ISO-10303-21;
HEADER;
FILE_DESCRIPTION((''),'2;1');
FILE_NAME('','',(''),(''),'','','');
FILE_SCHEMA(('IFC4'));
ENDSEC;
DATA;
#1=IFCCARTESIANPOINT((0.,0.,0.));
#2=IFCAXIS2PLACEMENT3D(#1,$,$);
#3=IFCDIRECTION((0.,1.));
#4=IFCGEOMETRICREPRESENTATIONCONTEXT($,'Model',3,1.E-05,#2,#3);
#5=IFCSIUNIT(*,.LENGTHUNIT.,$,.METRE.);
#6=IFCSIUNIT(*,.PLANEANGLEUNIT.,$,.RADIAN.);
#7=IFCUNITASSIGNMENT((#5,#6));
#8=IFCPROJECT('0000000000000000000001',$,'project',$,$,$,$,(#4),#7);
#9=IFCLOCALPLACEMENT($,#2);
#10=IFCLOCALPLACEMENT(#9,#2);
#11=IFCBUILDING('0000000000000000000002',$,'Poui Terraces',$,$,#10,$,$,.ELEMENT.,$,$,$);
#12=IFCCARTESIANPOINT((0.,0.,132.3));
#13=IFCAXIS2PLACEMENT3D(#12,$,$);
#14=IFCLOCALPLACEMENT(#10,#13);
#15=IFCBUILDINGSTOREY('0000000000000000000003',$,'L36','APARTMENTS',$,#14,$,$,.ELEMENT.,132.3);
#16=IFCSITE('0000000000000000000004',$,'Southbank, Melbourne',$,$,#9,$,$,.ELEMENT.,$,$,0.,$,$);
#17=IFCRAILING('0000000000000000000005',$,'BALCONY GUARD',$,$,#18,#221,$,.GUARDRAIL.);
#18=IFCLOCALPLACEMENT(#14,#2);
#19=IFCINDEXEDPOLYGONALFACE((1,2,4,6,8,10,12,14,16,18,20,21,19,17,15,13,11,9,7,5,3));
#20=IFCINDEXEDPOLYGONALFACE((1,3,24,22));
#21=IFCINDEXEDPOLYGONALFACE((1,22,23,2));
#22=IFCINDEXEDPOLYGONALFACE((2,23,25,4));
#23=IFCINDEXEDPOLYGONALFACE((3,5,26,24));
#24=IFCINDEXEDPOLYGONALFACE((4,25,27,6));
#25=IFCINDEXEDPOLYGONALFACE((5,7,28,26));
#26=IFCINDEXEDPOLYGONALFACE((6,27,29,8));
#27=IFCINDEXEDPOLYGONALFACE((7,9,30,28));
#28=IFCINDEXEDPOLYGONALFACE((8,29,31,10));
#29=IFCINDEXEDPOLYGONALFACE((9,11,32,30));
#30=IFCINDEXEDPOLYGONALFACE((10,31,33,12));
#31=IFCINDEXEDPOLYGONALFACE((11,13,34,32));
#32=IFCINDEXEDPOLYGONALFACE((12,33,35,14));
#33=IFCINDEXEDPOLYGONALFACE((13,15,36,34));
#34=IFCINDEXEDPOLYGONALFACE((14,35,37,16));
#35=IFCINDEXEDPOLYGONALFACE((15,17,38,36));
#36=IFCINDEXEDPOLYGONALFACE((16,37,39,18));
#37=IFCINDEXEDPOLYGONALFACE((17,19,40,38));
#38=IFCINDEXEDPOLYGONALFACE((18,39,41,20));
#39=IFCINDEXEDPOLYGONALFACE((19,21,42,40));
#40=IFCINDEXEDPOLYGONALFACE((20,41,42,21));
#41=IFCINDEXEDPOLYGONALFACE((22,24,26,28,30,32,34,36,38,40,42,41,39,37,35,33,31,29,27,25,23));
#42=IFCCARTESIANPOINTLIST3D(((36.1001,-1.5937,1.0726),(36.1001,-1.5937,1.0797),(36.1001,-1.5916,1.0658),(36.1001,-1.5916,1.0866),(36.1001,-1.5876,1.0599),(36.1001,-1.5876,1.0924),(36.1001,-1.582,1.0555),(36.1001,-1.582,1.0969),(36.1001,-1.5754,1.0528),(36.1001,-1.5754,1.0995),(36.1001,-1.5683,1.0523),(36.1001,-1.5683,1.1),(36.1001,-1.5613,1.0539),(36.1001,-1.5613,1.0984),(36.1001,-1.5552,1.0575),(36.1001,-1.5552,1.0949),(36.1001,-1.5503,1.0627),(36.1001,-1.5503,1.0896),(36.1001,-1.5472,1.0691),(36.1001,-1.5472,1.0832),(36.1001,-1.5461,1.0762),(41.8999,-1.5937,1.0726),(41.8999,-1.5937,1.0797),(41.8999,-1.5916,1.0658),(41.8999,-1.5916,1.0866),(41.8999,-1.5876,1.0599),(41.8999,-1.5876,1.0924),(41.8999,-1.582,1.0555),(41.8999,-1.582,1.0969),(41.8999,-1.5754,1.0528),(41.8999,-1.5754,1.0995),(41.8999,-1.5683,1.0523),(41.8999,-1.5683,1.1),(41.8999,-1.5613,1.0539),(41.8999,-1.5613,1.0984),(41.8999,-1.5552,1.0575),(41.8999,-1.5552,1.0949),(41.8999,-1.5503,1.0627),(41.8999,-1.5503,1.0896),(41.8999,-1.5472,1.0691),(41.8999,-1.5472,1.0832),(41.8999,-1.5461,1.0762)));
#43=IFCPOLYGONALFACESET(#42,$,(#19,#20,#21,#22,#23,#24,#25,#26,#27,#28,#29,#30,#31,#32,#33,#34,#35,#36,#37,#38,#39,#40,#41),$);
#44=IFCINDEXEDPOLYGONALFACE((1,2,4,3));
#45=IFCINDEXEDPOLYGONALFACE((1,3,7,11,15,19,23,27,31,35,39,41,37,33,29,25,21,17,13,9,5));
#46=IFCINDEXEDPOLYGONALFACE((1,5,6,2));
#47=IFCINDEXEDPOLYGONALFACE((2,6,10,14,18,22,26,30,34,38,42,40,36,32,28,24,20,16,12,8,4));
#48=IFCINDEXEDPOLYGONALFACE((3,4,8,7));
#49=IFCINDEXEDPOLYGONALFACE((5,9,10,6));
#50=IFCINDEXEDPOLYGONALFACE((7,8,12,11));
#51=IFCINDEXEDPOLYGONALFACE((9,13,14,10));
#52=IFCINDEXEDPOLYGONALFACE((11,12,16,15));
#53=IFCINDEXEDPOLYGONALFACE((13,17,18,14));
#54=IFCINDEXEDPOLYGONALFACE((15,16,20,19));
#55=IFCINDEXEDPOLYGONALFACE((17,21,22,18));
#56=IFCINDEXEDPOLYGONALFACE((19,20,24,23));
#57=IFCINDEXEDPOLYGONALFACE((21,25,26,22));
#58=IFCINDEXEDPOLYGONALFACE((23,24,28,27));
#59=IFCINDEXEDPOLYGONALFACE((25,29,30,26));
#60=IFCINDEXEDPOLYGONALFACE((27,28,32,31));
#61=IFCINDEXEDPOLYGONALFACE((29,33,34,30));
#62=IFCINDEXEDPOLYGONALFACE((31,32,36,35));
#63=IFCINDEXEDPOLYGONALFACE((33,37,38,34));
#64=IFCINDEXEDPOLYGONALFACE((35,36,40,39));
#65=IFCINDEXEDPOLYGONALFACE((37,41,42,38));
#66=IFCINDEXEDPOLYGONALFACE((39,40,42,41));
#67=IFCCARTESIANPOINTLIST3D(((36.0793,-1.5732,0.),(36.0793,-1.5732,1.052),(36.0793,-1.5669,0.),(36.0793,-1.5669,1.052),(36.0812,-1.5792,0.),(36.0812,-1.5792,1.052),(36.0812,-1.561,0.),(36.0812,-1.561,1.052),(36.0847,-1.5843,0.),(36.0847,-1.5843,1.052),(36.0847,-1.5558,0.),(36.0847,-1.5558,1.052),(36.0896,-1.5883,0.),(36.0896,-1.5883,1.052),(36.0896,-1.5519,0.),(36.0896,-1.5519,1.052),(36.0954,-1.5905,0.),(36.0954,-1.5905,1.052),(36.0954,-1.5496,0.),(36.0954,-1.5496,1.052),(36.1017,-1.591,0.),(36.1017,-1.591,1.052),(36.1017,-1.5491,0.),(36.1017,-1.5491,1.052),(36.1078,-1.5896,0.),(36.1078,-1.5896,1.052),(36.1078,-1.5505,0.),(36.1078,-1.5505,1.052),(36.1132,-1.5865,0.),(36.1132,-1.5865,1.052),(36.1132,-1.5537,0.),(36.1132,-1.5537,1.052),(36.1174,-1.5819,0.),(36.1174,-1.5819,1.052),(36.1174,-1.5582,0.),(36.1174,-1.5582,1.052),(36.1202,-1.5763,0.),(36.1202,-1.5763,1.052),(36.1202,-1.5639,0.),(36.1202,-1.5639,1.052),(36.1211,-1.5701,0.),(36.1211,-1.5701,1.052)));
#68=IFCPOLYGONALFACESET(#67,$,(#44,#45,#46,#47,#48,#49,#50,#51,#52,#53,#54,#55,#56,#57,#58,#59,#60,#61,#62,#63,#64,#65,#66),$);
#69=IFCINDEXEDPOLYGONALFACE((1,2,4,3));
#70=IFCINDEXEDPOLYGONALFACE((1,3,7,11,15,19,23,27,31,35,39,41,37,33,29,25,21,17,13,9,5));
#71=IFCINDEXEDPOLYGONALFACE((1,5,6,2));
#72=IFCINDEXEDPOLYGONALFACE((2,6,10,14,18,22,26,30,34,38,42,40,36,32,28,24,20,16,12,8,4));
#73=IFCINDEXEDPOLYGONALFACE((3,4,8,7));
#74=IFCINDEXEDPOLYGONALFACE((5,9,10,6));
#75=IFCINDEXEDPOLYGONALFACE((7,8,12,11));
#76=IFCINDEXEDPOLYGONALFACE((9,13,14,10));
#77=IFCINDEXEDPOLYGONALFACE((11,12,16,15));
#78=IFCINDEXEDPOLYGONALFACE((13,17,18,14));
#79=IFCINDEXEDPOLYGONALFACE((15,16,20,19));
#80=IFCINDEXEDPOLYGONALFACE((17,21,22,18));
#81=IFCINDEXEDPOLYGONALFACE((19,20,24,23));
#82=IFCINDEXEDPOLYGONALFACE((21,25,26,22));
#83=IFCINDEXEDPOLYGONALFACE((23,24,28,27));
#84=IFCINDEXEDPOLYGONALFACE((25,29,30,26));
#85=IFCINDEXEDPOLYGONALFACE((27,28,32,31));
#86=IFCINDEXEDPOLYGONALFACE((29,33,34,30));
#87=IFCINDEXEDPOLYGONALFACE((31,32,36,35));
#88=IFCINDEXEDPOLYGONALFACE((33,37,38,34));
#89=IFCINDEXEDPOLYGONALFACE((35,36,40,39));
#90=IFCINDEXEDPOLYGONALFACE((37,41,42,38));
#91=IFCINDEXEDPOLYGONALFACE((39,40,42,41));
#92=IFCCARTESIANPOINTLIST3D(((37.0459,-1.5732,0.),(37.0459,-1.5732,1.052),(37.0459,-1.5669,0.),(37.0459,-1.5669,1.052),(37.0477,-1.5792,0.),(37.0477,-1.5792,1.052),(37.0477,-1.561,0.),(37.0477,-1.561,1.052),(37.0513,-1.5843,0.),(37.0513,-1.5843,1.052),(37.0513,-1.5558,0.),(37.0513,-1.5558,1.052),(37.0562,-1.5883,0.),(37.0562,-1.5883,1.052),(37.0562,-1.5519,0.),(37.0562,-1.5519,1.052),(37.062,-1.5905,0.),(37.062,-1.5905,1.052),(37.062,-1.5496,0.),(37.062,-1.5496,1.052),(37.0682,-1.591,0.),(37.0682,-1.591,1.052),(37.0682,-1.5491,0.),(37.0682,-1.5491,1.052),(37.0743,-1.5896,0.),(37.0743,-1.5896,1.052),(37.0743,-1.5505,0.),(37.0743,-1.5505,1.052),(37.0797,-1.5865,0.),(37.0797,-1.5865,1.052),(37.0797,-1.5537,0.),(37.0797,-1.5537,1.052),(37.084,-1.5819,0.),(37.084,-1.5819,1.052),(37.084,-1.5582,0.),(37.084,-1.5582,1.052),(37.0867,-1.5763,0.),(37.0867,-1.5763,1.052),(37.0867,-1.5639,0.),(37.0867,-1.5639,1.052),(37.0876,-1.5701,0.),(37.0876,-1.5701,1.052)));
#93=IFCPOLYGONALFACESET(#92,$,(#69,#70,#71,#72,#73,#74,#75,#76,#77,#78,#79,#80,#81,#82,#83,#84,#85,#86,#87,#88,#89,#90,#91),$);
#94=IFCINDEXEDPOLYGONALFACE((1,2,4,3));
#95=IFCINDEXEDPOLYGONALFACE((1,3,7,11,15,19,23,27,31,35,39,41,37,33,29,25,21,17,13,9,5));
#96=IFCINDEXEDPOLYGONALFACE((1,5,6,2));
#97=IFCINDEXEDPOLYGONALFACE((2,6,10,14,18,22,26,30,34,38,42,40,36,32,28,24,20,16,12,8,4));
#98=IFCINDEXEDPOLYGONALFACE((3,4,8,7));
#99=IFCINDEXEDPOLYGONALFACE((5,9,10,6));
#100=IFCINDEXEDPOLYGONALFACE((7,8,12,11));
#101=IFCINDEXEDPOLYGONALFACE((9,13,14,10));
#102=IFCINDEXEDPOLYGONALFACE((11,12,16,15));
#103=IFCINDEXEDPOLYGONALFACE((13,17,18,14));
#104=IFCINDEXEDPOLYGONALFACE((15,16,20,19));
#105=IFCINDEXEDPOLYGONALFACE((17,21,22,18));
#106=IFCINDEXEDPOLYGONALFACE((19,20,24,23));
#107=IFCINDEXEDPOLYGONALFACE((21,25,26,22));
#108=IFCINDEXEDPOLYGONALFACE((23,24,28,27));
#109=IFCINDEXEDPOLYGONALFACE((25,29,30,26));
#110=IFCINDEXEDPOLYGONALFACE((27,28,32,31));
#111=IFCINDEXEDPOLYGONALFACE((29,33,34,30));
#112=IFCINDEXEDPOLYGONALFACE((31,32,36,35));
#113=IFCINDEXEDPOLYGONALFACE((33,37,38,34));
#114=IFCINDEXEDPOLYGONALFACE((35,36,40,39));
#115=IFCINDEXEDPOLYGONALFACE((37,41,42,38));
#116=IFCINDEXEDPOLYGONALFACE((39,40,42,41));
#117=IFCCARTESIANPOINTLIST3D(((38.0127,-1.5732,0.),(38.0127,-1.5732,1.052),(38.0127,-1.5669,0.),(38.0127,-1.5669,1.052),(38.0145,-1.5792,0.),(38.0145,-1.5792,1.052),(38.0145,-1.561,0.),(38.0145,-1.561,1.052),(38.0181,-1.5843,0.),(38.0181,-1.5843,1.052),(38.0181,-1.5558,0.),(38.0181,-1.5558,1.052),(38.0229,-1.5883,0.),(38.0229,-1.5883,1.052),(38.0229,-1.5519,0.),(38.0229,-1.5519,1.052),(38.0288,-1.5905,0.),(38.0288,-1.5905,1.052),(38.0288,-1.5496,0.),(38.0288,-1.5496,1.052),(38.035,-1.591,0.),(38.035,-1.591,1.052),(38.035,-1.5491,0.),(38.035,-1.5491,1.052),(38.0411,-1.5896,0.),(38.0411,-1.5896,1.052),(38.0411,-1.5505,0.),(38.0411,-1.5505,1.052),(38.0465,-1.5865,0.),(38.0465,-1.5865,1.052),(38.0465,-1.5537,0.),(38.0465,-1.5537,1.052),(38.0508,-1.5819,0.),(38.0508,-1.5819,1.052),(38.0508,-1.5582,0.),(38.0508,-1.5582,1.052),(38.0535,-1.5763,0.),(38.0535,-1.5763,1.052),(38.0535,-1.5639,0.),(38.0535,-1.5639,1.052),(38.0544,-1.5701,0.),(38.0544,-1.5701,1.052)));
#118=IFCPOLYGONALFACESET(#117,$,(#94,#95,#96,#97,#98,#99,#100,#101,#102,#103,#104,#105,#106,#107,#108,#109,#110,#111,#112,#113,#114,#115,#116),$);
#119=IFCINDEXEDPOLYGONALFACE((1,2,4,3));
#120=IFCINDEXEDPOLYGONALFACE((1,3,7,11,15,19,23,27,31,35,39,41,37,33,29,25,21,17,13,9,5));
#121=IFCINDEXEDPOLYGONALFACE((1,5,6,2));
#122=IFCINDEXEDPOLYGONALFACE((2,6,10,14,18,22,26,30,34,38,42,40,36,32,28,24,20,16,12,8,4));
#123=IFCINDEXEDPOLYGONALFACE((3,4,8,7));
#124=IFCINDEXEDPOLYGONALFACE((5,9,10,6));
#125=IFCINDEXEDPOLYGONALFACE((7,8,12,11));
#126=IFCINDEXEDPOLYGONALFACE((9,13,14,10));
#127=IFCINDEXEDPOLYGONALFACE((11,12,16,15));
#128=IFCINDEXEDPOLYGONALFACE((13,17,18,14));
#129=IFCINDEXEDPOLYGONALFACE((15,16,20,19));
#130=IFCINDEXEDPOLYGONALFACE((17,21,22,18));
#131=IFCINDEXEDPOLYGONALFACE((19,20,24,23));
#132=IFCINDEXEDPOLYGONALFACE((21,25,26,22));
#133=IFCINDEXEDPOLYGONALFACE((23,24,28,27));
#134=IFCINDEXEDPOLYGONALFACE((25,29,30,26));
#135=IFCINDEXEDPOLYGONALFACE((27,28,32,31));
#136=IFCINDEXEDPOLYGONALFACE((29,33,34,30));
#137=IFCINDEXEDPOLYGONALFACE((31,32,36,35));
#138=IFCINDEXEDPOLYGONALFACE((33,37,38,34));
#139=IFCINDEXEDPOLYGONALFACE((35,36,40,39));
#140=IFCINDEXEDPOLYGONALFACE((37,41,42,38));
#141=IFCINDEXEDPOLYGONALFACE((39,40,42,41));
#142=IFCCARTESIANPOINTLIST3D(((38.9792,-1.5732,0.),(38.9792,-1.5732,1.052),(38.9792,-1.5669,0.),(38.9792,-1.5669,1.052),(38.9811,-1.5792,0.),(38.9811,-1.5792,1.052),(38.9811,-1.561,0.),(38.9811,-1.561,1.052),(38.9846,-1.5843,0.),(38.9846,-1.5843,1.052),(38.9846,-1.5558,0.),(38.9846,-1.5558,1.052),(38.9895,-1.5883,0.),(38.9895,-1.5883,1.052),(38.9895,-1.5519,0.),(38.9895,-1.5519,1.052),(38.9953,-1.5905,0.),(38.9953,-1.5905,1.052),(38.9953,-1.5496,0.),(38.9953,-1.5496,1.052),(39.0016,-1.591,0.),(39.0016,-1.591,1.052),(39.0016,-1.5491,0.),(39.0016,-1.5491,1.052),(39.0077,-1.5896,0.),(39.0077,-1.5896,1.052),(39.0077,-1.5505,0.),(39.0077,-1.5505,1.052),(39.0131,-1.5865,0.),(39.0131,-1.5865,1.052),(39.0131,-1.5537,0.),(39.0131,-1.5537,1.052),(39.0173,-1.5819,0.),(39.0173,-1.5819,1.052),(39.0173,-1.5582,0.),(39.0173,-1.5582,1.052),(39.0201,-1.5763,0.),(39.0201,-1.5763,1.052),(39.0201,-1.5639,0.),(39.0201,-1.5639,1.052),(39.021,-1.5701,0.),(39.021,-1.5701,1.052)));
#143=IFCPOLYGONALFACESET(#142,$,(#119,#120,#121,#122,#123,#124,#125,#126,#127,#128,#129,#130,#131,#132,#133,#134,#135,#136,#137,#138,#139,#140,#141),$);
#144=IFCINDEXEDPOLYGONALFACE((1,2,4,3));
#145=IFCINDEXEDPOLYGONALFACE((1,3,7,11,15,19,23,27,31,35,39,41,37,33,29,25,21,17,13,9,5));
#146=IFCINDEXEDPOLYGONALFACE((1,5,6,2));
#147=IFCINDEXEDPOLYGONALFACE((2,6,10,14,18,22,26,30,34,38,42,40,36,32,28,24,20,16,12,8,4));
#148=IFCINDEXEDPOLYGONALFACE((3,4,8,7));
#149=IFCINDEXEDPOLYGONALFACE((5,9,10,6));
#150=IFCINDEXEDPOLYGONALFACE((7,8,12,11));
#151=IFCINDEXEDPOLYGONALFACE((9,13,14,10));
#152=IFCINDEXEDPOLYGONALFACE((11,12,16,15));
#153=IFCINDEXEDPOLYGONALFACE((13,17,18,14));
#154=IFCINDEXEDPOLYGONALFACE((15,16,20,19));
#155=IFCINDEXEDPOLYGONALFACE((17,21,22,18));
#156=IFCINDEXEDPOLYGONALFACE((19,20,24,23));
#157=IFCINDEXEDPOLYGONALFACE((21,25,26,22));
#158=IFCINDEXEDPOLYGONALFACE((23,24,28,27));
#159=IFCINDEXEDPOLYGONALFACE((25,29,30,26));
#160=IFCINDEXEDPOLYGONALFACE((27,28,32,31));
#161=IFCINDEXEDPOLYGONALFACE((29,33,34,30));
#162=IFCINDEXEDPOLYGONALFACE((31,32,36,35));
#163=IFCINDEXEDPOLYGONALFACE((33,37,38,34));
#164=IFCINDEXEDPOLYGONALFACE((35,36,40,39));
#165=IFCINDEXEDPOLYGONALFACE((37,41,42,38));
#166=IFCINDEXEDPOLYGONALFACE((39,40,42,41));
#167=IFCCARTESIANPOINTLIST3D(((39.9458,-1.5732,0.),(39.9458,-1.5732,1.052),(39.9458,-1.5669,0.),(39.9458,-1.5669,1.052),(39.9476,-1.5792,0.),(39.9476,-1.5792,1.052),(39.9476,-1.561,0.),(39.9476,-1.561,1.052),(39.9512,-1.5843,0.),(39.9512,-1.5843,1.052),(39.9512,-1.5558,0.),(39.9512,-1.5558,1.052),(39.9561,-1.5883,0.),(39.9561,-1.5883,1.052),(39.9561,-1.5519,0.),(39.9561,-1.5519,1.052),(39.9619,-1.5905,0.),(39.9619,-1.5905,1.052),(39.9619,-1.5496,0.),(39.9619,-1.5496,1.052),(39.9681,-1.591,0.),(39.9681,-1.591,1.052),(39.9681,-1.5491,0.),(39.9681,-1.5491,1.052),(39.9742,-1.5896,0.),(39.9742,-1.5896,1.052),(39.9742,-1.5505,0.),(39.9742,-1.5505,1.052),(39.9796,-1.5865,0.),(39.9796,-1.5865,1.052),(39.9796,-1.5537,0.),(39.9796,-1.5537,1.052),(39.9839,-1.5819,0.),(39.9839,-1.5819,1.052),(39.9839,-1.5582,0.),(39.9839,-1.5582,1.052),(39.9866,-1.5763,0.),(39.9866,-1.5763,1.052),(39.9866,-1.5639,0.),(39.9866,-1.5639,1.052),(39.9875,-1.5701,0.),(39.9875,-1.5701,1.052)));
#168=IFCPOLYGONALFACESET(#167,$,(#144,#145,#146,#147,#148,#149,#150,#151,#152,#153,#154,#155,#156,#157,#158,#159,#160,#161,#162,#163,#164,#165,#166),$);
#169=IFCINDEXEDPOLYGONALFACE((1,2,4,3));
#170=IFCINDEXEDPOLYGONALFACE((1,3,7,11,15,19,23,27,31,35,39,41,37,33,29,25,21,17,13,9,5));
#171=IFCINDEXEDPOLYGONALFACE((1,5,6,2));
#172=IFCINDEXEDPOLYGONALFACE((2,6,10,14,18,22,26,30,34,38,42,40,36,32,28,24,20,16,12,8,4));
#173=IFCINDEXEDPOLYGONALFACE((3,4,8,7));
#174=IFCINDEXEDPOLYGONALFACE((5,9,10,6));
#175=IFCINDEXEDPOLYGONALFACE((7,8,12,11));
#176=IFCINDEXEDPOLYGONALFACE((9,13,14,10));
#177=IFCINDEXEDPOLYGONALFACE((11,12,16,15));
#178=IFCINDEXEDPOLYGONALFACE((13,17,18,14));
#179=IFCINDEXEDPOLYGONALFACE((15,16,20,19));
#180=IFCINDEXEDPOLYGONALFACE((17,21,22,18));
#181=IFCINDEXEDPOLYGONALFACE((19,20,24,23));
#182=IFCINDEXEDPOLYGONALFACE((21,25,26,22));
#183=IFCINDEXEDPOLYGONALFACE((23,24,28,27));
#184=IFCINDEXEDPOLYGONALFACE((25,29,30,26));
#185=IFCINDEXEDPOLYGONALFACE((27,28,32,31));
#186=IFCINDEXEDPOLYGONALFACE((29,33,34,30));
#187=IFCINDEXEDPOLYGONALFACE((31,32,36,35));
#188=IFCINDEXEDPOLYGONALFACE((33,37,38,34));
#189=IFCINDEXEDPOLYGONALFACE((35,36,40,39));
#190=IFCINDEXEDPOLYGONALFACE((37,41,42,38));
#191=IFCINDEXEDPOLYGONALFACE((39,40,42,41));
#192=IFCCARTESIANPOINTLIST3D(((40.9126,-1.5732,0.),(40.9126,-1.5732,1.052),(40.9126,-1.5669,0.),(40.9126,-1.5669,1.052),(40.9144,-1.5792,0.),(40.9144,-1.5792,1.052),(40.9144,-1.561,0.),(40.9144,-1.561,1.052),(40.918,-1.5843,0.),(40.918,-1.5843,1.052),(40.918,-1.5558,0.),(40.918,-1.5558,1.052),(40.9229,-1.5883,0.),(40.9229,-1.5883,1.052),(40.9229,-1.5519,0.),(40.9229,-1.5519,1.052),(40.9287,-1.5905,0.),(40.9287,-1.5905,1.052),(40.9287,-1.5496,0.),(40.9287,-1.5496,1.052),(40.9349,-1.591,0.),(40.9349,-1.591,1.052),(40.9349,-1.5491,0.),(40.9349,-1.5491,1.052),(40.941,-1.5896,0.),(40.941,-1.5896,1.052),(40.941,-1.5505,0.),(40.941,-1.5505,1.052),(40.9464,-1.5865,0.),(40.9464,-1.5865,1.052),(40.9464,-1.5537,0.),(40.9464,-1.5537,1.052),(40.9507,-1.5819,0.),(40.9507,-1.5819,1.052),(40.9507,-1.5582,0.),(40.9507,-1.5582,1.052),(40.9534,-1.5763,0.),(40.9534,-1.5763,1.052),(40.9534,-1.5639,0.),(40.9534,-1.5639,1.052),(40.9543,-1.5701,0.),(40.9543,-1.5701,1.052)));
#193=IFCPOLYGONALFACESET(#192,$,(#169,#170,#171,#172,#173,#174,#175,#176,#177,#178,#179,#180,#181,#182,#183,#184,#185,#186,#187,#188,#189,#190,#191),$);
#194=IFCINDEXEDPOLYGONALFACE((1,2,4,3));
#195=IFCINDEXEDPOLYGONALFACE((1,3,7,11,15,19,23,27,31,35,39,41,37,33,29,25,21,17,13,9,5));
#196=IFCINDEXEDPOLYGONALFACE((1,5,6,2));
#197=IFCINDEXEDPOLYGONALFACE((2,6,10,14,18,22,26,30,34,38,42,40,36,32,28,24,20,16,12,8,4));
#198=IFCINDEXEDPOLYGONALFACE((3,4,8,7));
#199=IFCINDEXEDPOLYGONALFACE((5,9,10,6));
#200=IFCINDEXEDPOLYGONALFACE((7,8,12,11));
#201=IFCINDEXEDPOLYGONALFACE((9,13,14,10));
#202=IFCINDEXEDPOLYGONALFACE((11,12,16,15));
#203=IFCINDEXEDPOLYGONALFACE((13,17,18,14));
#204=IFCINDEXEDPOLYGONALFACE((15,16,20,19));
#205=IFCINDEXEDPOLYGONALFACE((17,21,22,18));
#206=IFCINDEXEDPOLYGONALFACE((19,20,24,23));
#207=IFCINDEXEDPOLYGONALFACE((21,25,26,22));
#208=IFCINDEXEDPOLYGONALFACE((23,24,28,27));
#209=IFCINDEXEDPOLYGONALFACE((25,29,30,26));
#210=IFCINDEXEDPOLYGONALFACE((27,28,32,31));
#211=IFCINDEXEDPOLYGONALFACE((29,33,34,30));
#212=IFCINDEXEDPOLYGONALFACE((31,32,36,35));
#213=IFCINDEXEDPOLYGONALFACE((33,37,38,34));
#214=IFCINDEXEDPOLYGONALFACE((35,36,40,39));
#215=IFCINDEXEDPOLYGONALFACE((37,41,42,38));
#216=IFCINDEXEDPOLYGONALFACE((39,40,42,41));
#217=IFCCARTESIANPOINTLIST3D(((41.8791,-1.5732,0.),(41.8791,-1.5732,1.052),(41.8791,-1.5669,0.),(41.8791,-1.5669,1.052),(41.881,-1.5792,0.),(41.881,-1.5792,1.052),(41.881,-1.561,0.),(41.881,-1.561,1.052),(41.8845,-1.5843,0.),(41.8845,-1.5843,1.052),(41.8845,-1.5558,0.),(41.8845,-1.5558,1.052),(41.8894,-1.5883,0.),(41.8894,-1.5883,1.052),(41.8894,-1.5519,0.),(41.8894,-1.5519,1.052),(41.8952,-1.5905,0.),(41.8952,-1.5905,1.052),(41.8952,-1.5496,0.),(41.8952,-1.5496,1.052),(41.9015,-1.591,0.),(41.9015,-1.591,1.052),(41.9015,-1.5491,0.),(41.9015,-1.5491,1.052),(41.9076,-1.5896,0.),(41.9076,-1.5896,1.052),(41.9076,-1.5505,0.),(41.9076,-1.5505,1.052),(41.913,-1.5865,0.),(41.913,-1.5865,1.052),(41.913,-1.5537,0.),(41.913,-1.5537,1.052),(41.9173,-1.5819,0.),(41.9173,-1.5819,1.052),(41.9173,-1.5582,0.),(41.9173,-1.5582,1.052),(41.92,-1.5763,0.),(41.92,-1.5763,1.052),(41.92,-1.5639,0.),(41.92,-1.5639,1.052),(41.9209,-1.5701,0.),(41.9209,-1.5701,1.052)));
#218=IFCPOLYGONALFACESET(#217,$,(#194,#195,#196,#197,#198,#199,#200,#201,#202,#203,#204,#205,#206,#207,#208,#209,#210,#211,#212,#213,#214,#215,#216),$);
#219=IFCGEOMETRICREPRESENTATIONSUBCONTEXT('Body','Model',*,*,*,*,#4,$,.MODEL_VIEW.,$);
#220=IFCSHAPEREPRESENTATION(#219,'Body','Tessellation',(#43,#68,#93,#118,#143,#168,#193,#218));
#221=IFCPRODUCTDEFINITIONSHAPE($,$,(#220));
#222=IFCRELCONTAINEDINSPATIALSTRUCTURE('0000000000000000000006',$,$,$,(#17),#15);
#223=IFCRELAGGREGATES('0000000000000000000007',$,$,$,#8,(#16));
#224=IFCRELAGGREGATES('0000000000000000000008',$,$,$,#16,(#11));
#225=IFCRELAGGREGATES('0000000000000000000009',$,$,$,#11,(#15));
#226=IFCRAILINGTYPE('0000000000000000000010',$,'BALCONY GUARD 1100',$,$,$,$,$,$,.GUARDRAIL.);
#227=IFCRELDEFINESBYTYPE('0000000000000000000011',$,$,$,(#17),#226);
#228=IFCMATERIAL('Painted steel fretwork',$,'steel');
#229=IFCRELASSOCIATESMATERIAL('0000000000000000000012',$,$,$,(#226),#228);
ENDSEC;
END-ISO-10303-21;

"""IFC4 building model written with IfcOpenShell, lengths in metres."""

from ifc_helpers import new_model, si_unit, direction, frame, origin, origin_2d, place, context, subcontext, project, spatial, circle, extrude, material, type_object, element, save


model = new_model("IFC4")

# Units and contexts
model_context = context("Model", 3, precision=1e-05, world=origin(), true_north=direction((0.0, 1.0)))
body_context = subcontext(model_context, "Body", "Model", "MODEL_VIEW")
ifc_project = project(units=[si_unit("LENGTHUNIT", "METRE"), si_unit("PLANEANGLEUNIT", "RADIAN")], contexts=[model_context])

# Site, building, storey
site_placement = place(None, origin())
site = spatial("IfcSite", under=ifc_project, at=site_placement, Name="Southbank, Melbourne", CompositionType="ELEMENT", RefElevation=0.0)
building_placement = place(site_placement, origin())
building = spatial("IfcBuilding", under=site, at=building_placement, Name="Poui Terraces", CompositionType="ELEMENT")
storey_placement = place(building_placement, frame((0.0, 0.0, 132.3)))
storey = spatial("IfcBuildingStorey", under=building, at=storey_placement, Name="L36", Description="APARTMENTS", CompositionType="ELEMENT", Elevation=132.3)

# Railing
ifc_material_1 = material(Name="Painted steel fretwork", Category="steel")
railing_type = type_object("IfcRailingType", Name="BALCONY GUARD 1100", PredefinedType="GUARDRAIL", material=ifc_material_1)
railing_placement = place(storey_placement, frame((36.1001, -1.5701, 0.0)))
element("IfcRailing", 1, at=railing_placement, inside=storey, type_object=railing_type, Name="BALCONY GUARD", PredefinedType="GUARDRAIL", context=body_context, shape_type="SweptSolid", body=[
    extrude(circle(Radius=0.0239, at=origin_2d()), frame((0.0, 0.0, 1.0762), z_axis=(1.0, 0.0, 0.0), x_axis=(0.0, 1.0, 0.0)), (0.0, 0.0, 1.0), 5.7998),
    extrude(circle(Radius=0.021, at=origin_2d()), origin(), (0.0, 0.0, 1.0), 1.052),
    extrude(circle(Radius=0.021, at=origin_2d()), frame((0.9666, 0.0, 0.0)), (0.0, 0.0, 1.0), 1.052),
    extrude(circle(Radius=0.021, at=origin_2d()), frame((1.9333, 0.0, 0.0)), (0.0, 0.0, 1.0), 1.052),
    extrude(circle(Radius=0.021, at=origin_2d()), frame((2.8999, 0.0, 0.0)), (0.0, 0.0, 1.0), 1.052),
    extrude(circle(Radius=0.021, at=origin_2d()), frame((3.8665, 0.0, 0.0)), (0.0, 0.0, 1.0), 1.052),
    extrude(circle(Radius=0.021, at=origin_2d()), frame((4.8333, 0.0, 0.0)), (0.0, 0.0, 1.0), 1.052),
    extrude(circle(Radius=0.021, at=origin_2d()), frame((5.7998, 0.0, 0.0)), (0.0, 0.0, 1.0), 1.052),
])

save(model, "model.ifc")
